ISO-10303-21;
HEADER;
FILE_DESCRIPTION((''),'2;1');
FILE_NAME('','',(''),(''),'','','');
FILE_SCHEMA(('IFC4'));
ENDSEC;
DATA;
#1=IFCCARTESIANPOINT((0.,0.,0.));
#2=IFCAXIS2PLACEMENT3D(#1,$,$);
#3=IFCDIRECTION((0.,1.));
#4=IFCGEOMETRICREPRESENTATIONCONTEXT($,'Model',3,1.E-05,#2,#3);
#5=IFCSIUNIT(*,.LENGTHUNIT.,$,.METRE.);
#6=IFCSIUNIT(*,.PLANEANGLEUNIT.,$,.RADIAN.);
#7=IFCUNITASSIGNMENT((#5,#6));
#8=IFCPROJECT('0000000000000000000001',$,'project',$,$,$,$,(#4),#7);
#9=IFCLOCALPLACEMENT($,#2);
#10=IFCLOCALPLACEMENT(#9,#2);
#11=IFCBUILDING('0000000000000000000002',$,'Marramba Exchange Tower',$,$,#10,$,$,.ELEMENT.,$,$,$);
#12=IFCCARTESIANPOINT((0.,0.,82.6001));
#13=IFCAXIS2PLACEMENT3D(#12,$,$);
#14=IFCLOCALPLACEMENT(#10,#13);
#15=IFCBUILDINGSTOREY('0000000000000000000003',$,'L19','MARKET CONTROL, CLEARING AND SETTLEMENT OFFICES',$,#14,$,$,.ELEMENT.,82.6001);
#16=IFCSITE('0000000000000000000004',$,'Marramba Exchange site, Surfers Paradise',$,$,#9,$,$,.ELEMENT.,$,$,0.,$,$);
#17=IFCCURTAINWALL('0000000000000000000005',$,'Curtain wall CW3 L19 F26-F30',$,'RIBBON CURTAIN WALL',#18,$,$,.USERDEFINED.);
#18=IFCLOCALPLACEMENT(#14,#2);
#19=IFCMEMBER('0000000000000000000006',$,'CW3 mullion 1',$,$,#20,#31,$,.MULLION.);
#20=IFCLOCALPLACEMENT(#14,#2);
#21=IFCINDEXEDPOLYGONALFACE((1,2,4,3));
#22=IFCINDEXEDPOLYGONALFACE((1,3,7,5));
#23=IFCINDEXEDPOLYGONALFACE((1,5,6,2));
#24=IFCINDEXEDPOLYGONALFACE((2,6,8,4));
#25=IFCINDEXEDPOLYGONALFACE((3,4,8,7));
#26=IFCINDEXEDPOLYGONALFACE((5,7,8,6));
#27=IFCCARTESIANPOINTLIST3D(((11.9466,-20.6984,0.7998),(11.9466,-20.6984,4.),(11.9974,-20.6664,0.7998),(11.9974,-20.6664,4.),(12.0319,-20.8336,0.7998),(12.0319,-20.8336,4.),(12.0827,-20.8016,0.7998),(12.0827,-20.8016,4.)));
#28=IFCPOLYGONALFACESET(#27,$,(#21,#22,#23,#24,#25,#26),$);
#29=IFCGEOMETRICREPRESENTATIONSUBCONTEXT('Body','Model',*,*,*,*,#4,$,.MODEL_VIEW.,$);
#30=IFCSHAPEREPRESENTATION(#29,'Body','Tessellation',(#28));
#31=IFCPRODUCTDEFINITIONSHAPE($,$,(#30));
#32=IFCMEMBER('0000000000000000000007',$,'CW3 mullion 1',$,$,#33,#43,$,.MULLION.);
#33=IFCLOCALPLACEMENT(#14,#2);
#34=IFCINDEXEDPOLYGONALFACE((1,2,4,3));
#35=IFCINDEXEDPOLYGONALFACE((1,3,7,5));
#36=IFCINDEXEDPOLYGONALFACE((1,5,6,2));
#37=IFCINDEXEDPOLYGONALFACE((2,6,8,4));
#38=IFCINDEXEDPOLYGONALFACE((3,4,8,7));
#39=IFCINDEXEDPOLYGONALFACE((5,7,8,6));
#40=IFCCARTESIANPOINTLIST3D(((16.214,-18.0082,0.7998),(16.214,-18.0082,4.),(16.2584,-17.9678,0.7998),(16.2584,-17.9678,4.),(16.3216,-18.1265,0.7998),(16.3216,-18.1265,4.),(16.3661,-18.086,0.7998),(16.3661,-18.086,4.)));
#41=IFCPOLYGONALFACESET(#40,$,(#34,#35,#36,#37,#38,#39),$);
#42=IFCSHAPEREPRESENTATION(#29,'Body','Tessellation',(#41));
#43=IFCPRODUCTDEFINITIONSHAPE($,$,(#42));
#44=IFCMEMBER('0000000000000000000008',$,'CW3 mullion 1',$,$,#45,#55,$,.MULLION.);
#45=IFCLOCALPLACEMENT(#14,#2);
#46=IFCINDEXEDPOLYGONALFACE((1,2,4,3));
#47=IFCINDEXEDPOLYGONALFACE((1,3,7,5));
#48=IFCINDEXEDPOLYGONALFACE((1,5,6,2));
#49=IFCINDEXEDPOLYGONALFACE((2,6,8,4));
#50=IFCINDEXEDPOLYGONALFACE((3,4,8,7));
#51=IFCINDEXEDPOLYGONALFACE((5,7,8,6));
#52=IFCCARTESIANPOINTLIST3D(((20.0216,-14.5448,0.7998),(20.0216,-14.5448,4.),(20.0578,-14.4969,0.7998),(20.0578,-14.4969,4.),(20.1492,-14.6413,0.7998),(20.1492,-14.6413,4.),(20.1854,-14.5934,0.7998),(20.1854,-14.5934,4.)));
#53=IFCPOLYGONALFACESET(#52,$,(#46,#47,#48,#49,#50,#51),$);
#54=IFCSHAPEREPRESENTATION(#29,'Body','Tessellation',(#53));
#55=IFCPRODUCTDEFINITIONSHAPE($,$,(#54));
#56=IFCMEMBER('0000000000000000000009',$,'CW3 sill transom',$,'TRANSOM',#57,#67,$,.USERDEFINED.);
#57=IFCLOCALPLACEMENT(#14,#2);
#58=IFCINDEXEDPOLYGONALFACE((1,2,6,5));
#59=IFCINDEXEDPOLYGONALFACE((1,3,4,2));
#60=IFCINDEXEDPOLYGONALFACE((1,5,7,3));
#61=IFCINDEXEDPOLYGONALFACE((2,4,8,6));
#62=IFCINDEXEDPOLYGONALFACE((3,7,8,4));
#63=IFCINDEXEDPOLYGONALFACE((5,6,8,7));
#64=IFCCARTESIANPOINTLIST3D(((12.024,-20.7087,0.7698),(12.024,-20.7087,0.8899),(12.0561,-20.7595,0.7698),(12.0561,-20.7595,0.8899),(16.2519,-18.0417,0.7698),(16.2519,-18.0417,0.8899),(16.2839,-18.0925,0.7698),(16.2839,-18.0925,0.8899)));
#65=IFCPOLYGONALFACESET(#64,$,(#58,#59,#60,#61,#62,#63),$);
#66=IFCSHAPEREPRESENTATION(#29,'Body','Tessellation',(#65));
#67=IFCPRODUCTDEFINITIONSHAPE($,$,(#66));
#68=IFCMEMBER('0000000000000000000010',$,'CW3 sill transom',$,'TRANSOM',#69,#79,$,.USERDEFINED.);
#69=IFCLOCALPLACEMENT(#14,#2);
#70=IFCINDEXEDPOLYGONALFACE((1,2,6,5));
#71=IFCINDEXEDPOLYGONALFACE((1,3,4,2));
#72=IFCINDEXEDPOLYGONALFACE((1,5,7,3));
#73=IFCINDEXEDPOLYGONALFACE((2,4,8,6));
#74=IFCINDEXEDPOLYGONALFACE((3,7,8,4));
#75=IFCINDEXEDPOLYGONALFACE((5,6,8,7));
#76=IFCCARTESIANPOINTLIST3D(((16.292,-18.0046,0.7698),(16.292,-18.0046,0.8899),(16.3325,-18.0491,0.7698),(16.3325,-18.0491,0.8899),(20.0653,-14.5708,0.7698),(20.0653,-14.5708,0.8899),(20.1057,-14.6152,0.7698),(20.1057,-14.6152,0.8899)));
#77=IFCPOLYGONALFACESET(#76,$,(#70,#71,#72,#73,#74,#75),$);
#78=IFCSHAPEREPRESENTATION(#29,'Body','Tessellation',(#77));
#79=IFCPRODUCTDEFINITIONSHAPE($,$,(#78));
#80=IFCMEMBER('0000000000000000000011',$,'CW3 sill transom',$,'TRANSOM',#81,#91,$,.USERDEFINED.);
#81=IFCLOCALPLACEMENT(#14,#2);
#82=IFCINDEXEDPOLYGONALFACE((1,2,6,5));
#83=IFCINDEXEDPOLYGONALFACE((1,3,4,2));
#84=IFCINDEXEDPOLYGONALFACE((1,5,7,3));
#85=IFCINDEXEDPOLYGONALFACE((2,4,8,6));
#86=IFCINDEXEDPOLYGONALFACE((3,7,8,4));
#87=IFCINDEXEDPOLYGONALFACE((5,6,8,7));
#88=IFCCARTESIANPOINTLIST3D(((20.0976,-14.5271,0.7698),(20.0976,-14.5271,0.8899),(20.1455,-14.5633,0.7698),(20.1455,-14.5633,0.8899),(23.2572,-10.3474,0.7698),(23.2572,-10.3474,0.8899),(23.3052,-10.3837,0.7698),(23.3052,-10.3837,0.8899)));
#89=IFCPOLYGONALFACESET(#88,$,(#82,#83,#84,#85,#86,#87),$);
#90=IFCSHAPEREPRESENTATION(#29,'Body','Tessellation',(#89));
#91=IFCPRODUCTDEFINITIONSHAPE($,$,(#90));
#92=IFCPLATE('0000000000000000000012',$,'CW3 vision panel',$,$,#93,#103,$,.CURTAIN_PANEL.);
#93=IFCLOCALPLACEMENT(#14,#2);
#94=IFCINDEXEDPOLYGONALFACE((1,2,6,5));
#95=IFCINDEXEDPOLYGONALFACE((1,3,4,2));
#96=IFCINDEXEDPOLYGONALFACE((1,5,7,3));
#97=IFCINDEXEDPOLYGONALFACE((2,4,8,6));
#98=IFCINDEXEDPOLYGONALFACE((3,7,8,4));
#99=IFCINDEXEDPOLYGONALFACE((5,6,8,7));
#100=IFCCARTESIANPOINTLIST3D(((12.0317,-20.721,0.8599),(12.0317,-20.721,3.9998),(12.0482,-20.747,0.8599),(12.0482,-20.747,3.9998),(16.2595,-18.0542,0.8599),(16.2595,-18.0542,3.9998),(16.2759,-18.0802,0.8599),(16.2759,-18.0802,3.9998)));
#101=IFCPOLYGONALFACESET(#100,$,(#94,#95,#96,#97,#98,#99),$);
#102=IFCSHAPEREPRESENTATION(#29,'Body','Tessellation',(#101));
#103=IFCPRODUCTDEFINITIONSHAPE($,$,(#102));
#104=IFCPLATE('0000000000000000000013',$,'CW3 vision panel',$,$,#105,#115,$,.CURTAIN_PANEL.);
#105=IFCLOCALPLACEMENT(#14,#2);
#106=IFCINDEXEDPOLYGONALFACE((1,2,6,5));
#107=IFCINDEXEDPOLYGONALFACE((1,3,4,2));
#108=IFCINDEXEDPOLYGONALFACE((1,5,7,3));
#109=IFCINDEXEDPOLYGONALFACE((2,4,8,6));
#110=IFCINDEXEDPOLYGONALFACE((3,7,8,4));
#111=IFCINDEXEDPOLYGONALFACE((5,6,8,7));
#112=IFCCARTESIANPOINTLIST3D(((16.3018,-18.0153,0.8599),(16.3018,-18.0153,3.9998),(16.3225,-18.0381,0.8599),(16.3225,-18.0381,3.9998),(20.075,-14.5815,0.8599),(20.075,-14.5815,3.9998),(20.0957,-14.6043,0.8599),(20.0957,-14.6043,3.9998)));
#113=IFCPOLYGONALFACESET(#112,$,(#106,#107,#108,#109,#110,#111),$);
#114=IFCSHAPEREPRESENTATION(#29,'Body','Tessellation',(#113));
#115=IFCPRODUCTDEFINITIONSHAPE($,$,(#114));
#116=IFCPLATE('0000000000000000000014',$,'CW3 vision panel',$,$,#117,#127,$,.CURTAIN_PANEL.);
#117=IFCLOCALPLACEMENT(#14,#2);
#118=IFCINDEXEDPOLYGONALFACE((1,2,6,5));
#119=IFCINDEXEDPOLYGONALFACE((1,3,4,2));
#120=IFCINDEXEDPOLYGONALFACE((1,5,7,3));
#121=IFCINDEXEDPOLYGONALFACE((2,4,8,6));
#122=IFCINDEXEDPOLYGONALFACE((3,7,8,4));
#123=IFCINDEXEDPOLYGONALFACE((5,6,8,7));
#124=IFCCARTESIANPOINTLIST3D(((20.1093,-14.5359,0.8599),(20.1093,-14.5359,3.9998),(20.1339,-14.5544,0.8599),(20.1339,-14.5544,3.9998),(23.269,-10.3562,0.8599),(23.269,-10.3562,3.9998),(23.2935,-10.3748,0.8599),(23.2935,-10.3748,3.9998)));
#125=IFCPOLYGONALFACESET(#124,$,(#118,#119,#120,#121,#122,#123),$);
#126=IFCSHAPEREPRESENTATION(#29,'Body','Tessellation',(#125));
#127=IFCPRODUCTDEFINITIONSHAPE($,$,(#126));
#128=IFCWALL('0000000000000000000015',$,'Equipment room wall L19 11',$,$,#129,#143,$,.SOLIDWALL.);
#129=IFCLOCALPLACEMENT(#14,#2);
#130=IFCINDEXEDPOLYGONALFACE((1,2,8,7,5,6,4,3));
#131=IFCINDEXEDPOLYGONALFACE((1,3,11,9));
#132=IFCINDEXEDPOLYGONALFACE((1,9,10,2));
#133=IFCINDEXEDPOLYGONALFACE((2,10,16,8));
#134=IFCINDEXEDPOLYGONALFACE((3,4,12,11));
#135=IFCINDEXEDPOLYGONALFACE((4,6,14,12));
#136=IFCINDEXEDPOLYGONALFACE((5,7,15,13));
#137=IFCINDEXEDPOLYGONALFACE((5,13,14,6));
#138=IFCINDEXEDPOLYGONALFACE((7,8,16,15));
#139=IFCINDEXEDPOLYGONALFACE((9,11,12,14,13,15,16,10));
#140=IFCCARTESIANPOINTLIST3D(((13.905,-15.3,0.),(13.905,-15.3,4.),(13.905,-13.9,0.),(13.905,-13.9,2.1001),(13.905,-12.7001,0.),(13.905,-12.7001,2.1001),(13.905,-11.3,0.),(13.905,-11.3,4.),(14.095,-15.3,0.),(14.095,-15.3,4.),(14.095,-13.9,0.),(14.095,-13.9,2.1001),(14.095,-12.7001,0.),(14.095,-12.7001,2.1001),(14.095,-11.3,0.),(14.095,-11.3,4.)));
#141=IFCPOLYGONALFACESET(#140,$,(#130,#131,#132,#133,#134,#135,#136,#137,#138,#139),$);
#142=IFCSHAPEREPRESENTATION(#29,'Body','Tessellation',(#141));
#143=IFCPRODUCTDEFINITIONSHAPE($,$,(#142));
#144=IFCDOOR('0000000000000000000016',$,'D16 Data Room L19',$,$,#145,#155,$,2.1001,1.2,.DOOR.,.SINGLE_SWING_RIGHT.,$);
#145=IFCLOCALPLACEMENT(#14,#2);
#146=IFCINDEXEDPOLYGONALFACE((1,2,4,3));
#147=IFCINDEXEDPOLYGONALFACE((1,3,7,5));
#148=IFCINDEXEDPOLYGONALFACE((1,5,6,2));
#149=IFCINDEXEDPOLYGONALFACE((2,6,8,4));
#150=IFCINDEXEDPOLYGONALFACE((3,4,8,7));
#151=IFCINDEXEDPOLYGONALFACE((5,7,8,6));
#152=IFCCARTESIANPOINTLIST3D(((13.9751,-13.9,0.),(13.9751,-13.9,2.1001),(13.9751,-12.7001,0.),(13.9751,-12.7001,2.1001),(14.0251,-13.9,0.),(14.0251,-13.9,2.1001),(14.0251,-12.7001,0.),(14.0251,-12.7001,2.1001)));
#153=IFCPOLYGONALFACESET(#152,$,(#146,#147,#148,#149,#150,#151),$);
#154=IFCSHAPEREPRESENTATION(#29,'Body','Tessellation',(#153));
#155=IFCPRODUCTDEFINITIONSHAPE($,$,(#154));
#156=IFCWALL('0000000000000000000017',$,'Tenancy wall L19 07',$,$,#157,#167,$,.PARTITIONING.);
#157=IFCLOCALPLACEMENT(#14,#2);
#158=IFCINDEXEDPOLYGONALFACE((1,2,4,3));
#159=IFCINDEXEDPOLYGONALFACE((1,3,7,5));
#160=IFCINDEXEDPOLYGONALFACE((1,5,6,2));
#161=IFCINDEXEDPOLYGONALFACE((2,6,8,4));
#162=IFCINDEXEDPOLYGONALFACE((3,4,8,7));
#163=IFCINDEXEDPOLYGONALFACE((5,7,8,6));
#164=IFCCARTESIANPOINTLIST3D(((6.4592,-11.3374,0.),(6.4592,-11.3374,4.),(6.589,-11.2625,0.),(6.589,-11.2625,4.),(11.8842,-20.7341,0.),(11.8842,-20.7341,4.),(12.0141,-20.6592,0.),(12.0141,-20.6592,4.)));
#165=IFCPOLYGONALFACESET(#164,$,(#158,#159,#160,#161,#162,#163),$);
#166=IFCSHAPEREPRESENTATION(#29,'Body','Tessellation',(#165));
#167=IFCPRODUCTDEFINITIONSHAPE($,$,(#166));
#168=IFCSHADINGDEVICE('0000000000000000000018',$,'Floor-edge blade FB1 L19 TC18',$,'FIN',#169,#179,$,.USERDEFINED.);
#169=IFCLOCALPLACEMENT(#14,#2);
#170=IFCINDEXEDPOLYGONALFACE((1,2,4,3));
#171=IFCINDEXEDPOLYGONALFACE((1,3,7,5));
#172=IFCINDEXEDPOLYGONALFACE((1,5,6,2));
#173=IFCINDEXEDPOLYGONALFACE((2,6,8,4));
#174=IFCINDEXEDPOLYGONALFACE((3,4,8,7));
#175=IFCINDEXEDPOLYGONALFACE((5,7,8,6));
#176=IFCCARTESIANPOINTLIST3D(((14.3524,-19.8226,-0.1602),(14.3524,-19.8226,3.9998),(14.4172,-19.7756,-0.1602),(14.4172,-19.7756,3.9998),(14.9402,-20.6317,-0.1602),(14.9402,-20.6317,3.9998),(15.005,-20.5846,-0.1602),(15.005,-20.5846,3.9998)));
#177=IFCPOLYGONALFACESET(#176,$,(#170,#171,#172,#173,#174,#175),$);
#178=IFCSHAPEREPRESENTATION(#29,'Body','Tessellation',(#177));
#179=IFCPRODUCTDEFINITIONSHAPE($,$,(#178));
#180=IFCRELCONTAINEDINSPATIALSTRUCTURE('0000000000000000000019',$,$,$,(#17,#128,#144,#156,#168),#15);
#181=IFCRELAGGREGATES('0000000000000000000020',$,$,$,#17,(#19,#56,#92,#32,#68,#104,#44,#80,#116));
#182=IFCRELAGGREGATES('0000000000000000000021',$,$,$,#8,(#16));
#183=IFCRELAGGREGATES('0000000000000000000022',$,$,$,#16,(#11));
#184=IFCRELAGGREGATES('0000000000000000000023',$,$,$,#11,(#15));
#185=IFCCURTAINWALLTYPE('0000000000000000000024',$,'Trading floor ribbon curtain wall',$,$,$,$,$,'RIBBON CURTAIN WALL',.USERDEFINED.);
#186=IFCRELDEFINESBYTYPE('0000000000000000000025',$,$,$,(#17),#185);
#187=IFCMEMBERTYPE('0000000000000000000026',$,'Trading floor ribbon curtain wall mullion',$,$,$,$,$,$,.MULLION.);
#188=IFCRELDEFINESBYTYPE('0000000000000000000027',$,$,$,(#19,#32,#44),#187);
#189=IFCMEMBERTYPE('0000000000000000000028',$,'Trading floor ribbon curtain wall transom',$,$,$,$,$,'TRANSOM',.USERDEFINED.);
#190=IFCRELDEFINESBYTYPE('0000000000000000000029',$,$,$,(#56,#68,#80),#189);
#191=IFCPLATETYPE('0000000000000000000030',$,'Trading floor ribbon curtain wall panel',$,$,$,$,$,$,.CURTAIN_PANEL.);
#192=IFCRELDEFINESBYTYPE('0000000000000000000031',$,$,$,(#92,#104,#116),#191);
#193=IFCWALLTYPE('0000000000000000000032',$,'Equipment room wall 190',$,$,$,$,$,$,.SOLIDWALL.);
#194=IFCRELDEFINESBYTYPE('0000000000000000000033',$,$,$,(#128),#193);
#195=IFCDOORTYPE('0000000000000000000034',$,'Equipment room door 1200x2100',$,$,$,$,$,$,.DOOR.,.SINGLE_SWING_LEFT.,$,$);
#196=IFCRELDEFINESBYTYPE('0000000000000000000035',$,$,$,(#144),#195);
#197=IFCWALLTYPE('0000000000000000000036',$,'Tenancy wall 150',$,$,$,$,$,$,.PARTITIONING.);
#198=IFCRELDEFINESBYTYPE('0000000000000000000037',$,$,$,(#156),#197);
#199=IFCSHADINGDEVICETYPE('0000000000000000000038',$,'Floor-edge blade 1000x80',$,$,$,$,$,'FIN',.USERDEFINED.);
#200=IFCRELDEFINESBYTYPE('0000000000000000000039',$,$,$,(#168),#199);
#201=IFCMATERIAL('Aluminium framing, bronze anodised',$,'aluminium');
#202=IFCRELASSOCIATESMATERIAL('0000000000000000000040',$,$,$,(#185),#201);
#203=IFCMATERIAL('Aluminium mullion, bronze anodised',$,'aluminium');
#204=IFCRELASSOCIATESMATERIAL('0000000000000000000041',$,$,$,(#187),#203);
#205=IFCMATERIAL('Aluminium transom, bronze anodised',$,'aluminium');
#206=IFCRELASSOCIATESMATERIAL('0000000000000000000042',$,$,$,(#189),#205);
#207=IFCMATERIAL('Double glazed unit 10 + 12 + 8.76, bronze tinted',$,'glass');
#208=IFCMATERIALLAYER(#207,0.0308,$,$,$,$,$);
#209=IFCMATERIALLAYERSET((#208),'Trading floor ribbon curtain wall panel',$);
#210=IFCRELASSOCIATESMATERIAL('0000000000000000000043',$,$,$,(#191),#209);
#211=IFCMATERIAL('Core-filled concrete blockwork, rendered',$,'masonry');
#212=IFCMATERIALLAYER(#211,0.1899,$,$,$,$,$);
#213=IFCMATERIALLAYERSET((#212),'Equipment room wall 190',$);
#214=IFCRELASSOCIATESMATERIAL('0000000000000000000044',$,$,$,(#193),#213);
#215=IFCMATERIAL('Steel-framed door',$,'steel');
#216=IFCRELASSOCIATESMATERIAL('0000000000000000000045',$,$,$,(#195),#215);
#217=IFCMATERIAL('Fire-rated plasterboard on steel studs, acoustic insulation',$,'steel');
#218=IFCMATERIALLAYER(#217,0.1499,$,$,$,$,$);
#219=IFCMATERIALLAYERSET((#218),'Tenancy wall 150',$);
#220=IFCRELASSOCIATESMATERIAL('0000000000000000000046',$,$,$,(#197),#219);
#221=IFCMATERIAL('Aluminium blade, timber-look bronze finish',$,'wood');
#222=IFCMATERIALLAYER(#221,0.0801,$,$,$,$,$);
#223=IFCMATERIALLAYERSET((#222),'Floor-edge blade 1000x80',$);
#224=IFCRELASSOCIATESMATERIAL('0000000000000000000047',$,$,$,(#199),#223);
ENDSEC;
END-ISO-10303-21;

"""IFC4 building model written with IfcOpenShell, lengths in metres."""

from ifc_helpers import new_model, si_unit, direction, frame, frame_2d, origin, origin_2d, place, context, subcontext, project, spatial, rectangle, extrude, material, layer, layer_set, material_profile, profile_set, type_object, element, fill, aggregate, save


model = new_model("IFC4")

# Units and contexts
model_context = context("Model", 3, precision=1e-05, world=origin(), true_north=direction((0.0, 1.0)))
body_context = subcontext(model_context, "Body", "Model", "MODEL_VIEW")
ifc_project = project(units=[si_unit("LENGTHUNIT", "METRE"), si_unit("PLANEANGLEUNIT", "RADIAN")], contexts=[model_context])

# Site, building, storey
site_placement = place(None, origin())
site = spatial("IfcSite", under=ifc_project, at=site_placement, Name="Marramba Exchange site, Surfers Paradise", CompositionType="ELEMENT", RefElevation=0.0)
building_placement = place(site_placement, origin())
building = spatial("IfcBuilding", under=site, at=building_placement, Name="Marramba Exchange Tower", CompositionType="ELEMENT")
storey_placement = place(building_placement, frame((0.0, 0.0, 82.6001)))
storey = spatial("IfcBuildingStorey", under=building, at=storey_placement, Name="L19", Description="MARKET CONTROL, CLEARING AND SETTLEMENT OFFICES", CompositionType="ELEMENT", Elevation=82.6001)

# Curtain wall, members, plates
ifc_material_1 = material(Name="Aluminium framing, bronze anodised", Category="aluminium")
curtain_wall_type = type_object("IfcCurtainWallType", Name="Trading floor ribbon curtain wall", ElementType="RIBBON CURTAIN WALL", PredefinedType="USERDEFINED", material=ifc_material_1)
curtain_wall_placement = place(storey_placement, origin())
curtain_wall = element("IfcCurtainWall", 1, at=curtain_wall_placement, inside=storey, type_object=curtain_wall_type, Name="Curtain wall CW3 L19 F26-F30", ObjectType="RIBBON CURTAIN WALL", PredefinedType="USERDEFINED")
ifc_material_2 = material(Name="Aluminium mullion, bronze anodised", Category="aluminium")
ifc_material_profile_1 = material_profile(ifc_material_2, rectangle(XDim=0.1599, YDim=0.0601, at=origin_2d()), Name="CW3 mullion 60x160")
ifc_profile_set_1 = profile_set([ifc_material_profile_1], Name="Aluminium mullion, bronze anodised")
member_type_1 = type_object("IfcMemberType", Name="Trading floor ribbon curtain wall mullion", PredefinedType="MULLION", material=ifc_profile_set_1)
member_1_placement = place(storey_placement, frame((12.0146, -20.75, 0.7998), z_axis=(0.0, 0.0, 1.0), x_axis=(-0.533515, 0.845791, 0.0)))
member_1 = element("IfcMember", 2, at=member_1_placement, type_object=member_type_1, Name="CW3 mullion 1", PredefinedType="MULLION", context=body_context, shape_type="SweptSolid", body=[
    extrude(rectangle(XDim=0.1599, YDim=0.0601, at=origin_2d()), origin(), (0.0, 0.0, 1.0), 3.2002),
])
member_2_placement = place(storey_placement, frame((16.29, -18.0471, 0.7998), z_axis=(0.0, 0.0, 1.0), x_axis=(-0.673058, 0.73959, 0.0)))
member_2 = element("IfcMember", 3, at=member_2_placement, type_object=member_type_1, Name="CW3 mullion 1", PredefinedType="MULLION", context=body_context, shape_type="SweptSolid", body=[
    extrude(rectangle(XDim=0.1599, YDim=0.0601, at=origin_2d()), origin(), (0.0, 0.0, 1.0), 3.2002),
])
member_3_placement = place(storey_placement, frame((20.1035, -14.5691, 0.7998), z_axis=(0.0, 0.0, 1.0), x_axis=(-0.797711, 0.60304, 0.0)))
member_3 = element("IfcMember", 4, at=member_3_placement, type_object=member_type_1, Name="CW3 mullion 1", PredefinedType="MULLION", context=body_context, shape_type="SweptSolid", body=[
    extrude(rectangle(XDim=0.1599, YDim=0.0601, at=origin_2d()), origin(), (0.0, 0.0, 1.0), 3.2002),
])
ifc_material_3 = material(Name="Aluminium transom, bronze anodised", Category="aluminium")
ifc_material_profile_2 = material_profile(ifc_material_3, rectangle(XDim=0.0601, YDim=0.1201, at=origin_2d()), Name="CW3 transom 60x120")
ifc_profile_set_2 = profile_set([ifc_material_profile_2], Name="Aluminium transom, bronze anodised")
member_type_2 = type_object("IfcMemberType", Name="Trading floor ribbon curtain wall transom", ElementType="TRANSOM", PredefinedType="USERDEFINED", material=ifc_profile_set_2)
member_4_placement = place(storey_placement, frame((12.04, -20.7341, 0.8298), z_axis=(0.845777, 0.533537, 0.0), x_axis=(-0.533537, 0.845777, 0.0)))
member_4 = element("IfcMember", 5, at=member_4_placement, type_object=member_type_2, Name="CW3 sill transom", ObjectType="TRANSOM", PredefinedType="USERDEFINED", context=body_context, shape_type="SweptSolid", body=[
    extrude(rectangle(XDim=0.0601, YDim=0.1201, at=origin_2d()), origin(), (0.0, 0.0, 1.0), 4.9988),
])
member_5_placement = place(storey_placement, frame((16.3123, -18.0269, 0.8298), z_axis=(0.739583, 0.673066, 0.0), x_axis=(-0.673066, 0.739583, 0.0)))
member_5 = element("IfcMember", 6, at=member_5_placement, type_object=member_type_2, Name="CW3 sill transom", ObjectType="TRANSOM", PredefinedType="USERDEFINED", context=body_context, shape_type="SweptSolid", body=[
    extrude(rectangle(XDim=0.0601, YDim=0.1201, at=origin_2d()), origin(), (0.0, 0.0, 1.0), 5.1018),
])
member_6_placement = place(storey_placement, frame((20.1216, -14.5452, 0.8298), z_axis=(0.603037, 0.797713, 0.0), x_axis=(-0.797713, 0.603037, 0.0)))
member_6 = element("IfcMember", 7, at=member_6_placement, type_object=member_type_2, Name="CW3 sill transom", ObjectType="TRANSOM", PredefinedType="USERDEFINED", context=body_context, shape_type="SweptSolid", body=[
    extrude(rectangle(XDim=0.0601, YDim=0.1201, at=origin_2d()), origin(), (0.0, 0.0, 1.0), 5.2395),
])
ifc_material_4 = material(Name="Double glazed unit 10 + 12 + 8.76, bronze tinted", Category="glass")
ifc_layer_1 = layer(ifc_material_4, 0.0308)
ifc_layer_set_1 = layer_set([ifc_layer_1], Name="Trading floor ribbon curtain wall panel")
plate_type = type_object("IfcPlateType", Name="Trading floor ribbon curtain wall panel", PredefinedType="CURTAIN_PANEL", material=ifc_layer_set_1)
plate_1_placement = place(storey_placement, frame((14.1538, -19.4006, 0.8599), z_axis=(0.0, 0.0, 1.0), x_axis=(0.845791, 0.533515, 0.0)))
plate_1 = element("IfcPlate", 8, at=plate_1_placement, type_object=plate_type, Name="CW3 vision panel", PredefinedType="CURTAIN_PANEL", context=body_context, shape_type="SweptSolid", body=[
    extrude(rectangle(XDim=4.9985, YDim=0.0308, at=origin_2d()), origin(), (0.0, 0.0, 1.0), 3.1399),
])
plate_2_placement = place(storey_placement, frame((18.1987, -16.3098, 0.8599), z_axis=(0.0, 0.0, 1.0), x_axis=(0.73959, 0.673058, 0.0)))
plate_2 = element("IfcPlate", 9, at=plate_2_placement, type_object=plate_type, Name="CW3 vision panel", PredefinedType="CURTAIN_PANEL", context=body_context, shape_type="SweptSolid", body=[
    extrude(rectangle(XDim=5.1018, YDim=0.0308, at=origin_2d()), origin(), (0.0, 0.0, 1.0), 3.1399),
])
plate_3_placement = place(storey_placement, frame((21.7014, -12.4553, 0.8599), z_axis=(0.0, 0.0, 1.0), x_axis=(0.60304, 0.797711, 0.0)))
plate_3 = element("IfcPlate", 10, at=plate_3_placement, type_object=plate_type, Name="CW3 vision panel", PredefinedType="CURTAIN_PANEL", context=body_context, shape_type="SweptSolid", body=[
    extrude(rectangle(XDim=5.2395, YDim=0.0308, at=origin_2d()), origin(), (0.0, 0.0, 1.0), 3.1399),
])
aggregate(curtain_wall, [member_1, member_4, plate_1, member_2, member_5, plate_2, member_3, member_6, plate_3])

# Wall, opening, door
ifc_material_5 = material(Name="Core-filled concrete blockwork, rendered", Category="masonry")
ifc_layer_2 = layer(ifc_material_5, 0.1899)
ifc_layer_set_2 = layer_set([ifc_layer_2], Name="Equipment room wall 190")
wall_type_1 = type_object("IfcWallType", Name="Equipment room wall 190", PredefinedType="SOLIDWALL", material=ifc_layer_set_2)
wall_1_placement = place(storey_placement, frame((14.0, -15.3, 0.0), z_axis=(0.0, 0.0, 1.0), x_axis=(0.0, 1.0, 0.0)))
wall_1 = element("IfcWall", 11, at=wall_1_placement, inside=storey, type_object=wall_type_1, Name="Equipment room wall L19 11", PredefinedType="SOLIDWALL", context=body_context, shape_type="SweptSolid", body=[
    extrude(rectangle(XDim=4.0, YDim=0.1899, at=frame_2d((2.0, 0.0))), origin(), (0.0, 0.0, 1.0), 4.0),
])
opening_placement = place(wall_1_placement, frame((1.3999, 0.0, 0.0)))
opening = element("IfcOpeningElement", 12, at=opening_placement, cuts=wall_1, PredefinedType="OPENING", context=body_context, shape_type="SweptSolid", body=[
    extrude(rectangle(XDim=1.2, YDim=2.1001, at=frame_2d((0.6001, 1.05))), frame((0.0, 0.105, 0.0), z_axis=(0.0, -1.0, 0.0), x_axis=(1.0, 0.0, 0.0)), (0.0, 0.0, 1.0), 0.21),
])
ifc_material_6 = material(Name="Steel-framed door", Category="steel")
door_type = type_object("IfcDoorType", Name="Equipment room door 1200x2100", OperationType="SINGLE_SWING_LEFT", PredefinedType="DOOR", material=ifc_material_6)
door_placement = place(opening_placement, origin())
door = element("IfcDoor", 13, at=door_placement, inside=storey, type_object=door_type, Name="D16 Data Room L19", OperationType="SINGLE_SWING_RIGHT", OverallHeight=2.1001, OverallWidth=1.2, PredefinedType="DOOR", context=body_context, shape_type="SweptSolid", body=[
    extrude(rectangle(XDim=1.2, YDim=2.1001, at=frame_2d((0.6001, 1.05))), frame((0.0, 0.0249, 0.0), z_axis=(0.0, -1.0, 0.0), x_axis=(1.0, 0.0, 0.0)), (0.0, 0.0, 1.0), 0.05),
])
fill(opening, door)

# Wall
ifc_material_7 = material(Name="Fire-rated plasterboard on steel studs, acoustic insulation", Category="steel")
ifc_layer_3 = layer(ifc_material_7, 0.1499)
ifc_layer_set_3 = layer_set([ifc_layer_3], Name="Tenancy wall 150")
wall_type_2 = type_object("IfcWallType", Name="Tenancy wall 150", PredefinedType="PARTITIONING", material=ifc_layer_set_3)
wall_2_placement = place(storey_placement, frame((11.9492, -20.6968, 0.0), z_axis=(0.0, 0.0, 1.0), x_axis=(-0.499989, 0.866032, 0.0)))
element("IfcWall", 14, at=wall_2_placement, inside=storey, type_object=wall_type_2, Name="Tenancy wall L19 07", PredefinedType="PARTITIONING", context=body_context, shape_type="SweptSolid", body=[
    extrude(rectangle(XDim=10.8503, YDim=0.1499, at=frame_2d((5.4253, 0.0))), origin(), (0.0, 0.0, 1.0), 4.0),
])

# Shading device
ifc_material_8 = material(Name="Aluminium blade, timber-look bronze finish", Category="wood")
ifc_layer_4 = layer(ifc_material_8, 0.0801)
ifc_layer_set_4 = layer_set([ifc_layer_4], Name="Floor-edge blade 1000x80")
shading_device_type_1 = type_object("IfcShadingDeviceType", Name="Floor-edge blade 1000x80", ElementType="FIN", PredefinedType="USERDEFINED", material=ifc_layer_set_4)
for number, where, z_axis, x_axis, name in (
    (15, (14.6787, -20.2036, -0.1602), (0.0, 0.0, 1.0), (0.587785, -0.809017, 0.0), "Floor-edge blade FB1 L19 TC18"),
):
    element("IfcShadingDevice", number, at=place(storey_placement, frame(where, z_axis=z_axis, x_axis=x_axis)), inside=storey, type_object=shading_device_type_1, Name=name, ObjectType="FIN", PredefinedType="USERDEFINED", context=body_context, shape_type="SweptSolid", body=[
        extrude(rectangle(XDim=1.0, YDim=0.0801, at=origin_2d()), origin(), (0.0, 0.0, 1.0), 4.1599),
    ])

save(model, "model.ifc")
